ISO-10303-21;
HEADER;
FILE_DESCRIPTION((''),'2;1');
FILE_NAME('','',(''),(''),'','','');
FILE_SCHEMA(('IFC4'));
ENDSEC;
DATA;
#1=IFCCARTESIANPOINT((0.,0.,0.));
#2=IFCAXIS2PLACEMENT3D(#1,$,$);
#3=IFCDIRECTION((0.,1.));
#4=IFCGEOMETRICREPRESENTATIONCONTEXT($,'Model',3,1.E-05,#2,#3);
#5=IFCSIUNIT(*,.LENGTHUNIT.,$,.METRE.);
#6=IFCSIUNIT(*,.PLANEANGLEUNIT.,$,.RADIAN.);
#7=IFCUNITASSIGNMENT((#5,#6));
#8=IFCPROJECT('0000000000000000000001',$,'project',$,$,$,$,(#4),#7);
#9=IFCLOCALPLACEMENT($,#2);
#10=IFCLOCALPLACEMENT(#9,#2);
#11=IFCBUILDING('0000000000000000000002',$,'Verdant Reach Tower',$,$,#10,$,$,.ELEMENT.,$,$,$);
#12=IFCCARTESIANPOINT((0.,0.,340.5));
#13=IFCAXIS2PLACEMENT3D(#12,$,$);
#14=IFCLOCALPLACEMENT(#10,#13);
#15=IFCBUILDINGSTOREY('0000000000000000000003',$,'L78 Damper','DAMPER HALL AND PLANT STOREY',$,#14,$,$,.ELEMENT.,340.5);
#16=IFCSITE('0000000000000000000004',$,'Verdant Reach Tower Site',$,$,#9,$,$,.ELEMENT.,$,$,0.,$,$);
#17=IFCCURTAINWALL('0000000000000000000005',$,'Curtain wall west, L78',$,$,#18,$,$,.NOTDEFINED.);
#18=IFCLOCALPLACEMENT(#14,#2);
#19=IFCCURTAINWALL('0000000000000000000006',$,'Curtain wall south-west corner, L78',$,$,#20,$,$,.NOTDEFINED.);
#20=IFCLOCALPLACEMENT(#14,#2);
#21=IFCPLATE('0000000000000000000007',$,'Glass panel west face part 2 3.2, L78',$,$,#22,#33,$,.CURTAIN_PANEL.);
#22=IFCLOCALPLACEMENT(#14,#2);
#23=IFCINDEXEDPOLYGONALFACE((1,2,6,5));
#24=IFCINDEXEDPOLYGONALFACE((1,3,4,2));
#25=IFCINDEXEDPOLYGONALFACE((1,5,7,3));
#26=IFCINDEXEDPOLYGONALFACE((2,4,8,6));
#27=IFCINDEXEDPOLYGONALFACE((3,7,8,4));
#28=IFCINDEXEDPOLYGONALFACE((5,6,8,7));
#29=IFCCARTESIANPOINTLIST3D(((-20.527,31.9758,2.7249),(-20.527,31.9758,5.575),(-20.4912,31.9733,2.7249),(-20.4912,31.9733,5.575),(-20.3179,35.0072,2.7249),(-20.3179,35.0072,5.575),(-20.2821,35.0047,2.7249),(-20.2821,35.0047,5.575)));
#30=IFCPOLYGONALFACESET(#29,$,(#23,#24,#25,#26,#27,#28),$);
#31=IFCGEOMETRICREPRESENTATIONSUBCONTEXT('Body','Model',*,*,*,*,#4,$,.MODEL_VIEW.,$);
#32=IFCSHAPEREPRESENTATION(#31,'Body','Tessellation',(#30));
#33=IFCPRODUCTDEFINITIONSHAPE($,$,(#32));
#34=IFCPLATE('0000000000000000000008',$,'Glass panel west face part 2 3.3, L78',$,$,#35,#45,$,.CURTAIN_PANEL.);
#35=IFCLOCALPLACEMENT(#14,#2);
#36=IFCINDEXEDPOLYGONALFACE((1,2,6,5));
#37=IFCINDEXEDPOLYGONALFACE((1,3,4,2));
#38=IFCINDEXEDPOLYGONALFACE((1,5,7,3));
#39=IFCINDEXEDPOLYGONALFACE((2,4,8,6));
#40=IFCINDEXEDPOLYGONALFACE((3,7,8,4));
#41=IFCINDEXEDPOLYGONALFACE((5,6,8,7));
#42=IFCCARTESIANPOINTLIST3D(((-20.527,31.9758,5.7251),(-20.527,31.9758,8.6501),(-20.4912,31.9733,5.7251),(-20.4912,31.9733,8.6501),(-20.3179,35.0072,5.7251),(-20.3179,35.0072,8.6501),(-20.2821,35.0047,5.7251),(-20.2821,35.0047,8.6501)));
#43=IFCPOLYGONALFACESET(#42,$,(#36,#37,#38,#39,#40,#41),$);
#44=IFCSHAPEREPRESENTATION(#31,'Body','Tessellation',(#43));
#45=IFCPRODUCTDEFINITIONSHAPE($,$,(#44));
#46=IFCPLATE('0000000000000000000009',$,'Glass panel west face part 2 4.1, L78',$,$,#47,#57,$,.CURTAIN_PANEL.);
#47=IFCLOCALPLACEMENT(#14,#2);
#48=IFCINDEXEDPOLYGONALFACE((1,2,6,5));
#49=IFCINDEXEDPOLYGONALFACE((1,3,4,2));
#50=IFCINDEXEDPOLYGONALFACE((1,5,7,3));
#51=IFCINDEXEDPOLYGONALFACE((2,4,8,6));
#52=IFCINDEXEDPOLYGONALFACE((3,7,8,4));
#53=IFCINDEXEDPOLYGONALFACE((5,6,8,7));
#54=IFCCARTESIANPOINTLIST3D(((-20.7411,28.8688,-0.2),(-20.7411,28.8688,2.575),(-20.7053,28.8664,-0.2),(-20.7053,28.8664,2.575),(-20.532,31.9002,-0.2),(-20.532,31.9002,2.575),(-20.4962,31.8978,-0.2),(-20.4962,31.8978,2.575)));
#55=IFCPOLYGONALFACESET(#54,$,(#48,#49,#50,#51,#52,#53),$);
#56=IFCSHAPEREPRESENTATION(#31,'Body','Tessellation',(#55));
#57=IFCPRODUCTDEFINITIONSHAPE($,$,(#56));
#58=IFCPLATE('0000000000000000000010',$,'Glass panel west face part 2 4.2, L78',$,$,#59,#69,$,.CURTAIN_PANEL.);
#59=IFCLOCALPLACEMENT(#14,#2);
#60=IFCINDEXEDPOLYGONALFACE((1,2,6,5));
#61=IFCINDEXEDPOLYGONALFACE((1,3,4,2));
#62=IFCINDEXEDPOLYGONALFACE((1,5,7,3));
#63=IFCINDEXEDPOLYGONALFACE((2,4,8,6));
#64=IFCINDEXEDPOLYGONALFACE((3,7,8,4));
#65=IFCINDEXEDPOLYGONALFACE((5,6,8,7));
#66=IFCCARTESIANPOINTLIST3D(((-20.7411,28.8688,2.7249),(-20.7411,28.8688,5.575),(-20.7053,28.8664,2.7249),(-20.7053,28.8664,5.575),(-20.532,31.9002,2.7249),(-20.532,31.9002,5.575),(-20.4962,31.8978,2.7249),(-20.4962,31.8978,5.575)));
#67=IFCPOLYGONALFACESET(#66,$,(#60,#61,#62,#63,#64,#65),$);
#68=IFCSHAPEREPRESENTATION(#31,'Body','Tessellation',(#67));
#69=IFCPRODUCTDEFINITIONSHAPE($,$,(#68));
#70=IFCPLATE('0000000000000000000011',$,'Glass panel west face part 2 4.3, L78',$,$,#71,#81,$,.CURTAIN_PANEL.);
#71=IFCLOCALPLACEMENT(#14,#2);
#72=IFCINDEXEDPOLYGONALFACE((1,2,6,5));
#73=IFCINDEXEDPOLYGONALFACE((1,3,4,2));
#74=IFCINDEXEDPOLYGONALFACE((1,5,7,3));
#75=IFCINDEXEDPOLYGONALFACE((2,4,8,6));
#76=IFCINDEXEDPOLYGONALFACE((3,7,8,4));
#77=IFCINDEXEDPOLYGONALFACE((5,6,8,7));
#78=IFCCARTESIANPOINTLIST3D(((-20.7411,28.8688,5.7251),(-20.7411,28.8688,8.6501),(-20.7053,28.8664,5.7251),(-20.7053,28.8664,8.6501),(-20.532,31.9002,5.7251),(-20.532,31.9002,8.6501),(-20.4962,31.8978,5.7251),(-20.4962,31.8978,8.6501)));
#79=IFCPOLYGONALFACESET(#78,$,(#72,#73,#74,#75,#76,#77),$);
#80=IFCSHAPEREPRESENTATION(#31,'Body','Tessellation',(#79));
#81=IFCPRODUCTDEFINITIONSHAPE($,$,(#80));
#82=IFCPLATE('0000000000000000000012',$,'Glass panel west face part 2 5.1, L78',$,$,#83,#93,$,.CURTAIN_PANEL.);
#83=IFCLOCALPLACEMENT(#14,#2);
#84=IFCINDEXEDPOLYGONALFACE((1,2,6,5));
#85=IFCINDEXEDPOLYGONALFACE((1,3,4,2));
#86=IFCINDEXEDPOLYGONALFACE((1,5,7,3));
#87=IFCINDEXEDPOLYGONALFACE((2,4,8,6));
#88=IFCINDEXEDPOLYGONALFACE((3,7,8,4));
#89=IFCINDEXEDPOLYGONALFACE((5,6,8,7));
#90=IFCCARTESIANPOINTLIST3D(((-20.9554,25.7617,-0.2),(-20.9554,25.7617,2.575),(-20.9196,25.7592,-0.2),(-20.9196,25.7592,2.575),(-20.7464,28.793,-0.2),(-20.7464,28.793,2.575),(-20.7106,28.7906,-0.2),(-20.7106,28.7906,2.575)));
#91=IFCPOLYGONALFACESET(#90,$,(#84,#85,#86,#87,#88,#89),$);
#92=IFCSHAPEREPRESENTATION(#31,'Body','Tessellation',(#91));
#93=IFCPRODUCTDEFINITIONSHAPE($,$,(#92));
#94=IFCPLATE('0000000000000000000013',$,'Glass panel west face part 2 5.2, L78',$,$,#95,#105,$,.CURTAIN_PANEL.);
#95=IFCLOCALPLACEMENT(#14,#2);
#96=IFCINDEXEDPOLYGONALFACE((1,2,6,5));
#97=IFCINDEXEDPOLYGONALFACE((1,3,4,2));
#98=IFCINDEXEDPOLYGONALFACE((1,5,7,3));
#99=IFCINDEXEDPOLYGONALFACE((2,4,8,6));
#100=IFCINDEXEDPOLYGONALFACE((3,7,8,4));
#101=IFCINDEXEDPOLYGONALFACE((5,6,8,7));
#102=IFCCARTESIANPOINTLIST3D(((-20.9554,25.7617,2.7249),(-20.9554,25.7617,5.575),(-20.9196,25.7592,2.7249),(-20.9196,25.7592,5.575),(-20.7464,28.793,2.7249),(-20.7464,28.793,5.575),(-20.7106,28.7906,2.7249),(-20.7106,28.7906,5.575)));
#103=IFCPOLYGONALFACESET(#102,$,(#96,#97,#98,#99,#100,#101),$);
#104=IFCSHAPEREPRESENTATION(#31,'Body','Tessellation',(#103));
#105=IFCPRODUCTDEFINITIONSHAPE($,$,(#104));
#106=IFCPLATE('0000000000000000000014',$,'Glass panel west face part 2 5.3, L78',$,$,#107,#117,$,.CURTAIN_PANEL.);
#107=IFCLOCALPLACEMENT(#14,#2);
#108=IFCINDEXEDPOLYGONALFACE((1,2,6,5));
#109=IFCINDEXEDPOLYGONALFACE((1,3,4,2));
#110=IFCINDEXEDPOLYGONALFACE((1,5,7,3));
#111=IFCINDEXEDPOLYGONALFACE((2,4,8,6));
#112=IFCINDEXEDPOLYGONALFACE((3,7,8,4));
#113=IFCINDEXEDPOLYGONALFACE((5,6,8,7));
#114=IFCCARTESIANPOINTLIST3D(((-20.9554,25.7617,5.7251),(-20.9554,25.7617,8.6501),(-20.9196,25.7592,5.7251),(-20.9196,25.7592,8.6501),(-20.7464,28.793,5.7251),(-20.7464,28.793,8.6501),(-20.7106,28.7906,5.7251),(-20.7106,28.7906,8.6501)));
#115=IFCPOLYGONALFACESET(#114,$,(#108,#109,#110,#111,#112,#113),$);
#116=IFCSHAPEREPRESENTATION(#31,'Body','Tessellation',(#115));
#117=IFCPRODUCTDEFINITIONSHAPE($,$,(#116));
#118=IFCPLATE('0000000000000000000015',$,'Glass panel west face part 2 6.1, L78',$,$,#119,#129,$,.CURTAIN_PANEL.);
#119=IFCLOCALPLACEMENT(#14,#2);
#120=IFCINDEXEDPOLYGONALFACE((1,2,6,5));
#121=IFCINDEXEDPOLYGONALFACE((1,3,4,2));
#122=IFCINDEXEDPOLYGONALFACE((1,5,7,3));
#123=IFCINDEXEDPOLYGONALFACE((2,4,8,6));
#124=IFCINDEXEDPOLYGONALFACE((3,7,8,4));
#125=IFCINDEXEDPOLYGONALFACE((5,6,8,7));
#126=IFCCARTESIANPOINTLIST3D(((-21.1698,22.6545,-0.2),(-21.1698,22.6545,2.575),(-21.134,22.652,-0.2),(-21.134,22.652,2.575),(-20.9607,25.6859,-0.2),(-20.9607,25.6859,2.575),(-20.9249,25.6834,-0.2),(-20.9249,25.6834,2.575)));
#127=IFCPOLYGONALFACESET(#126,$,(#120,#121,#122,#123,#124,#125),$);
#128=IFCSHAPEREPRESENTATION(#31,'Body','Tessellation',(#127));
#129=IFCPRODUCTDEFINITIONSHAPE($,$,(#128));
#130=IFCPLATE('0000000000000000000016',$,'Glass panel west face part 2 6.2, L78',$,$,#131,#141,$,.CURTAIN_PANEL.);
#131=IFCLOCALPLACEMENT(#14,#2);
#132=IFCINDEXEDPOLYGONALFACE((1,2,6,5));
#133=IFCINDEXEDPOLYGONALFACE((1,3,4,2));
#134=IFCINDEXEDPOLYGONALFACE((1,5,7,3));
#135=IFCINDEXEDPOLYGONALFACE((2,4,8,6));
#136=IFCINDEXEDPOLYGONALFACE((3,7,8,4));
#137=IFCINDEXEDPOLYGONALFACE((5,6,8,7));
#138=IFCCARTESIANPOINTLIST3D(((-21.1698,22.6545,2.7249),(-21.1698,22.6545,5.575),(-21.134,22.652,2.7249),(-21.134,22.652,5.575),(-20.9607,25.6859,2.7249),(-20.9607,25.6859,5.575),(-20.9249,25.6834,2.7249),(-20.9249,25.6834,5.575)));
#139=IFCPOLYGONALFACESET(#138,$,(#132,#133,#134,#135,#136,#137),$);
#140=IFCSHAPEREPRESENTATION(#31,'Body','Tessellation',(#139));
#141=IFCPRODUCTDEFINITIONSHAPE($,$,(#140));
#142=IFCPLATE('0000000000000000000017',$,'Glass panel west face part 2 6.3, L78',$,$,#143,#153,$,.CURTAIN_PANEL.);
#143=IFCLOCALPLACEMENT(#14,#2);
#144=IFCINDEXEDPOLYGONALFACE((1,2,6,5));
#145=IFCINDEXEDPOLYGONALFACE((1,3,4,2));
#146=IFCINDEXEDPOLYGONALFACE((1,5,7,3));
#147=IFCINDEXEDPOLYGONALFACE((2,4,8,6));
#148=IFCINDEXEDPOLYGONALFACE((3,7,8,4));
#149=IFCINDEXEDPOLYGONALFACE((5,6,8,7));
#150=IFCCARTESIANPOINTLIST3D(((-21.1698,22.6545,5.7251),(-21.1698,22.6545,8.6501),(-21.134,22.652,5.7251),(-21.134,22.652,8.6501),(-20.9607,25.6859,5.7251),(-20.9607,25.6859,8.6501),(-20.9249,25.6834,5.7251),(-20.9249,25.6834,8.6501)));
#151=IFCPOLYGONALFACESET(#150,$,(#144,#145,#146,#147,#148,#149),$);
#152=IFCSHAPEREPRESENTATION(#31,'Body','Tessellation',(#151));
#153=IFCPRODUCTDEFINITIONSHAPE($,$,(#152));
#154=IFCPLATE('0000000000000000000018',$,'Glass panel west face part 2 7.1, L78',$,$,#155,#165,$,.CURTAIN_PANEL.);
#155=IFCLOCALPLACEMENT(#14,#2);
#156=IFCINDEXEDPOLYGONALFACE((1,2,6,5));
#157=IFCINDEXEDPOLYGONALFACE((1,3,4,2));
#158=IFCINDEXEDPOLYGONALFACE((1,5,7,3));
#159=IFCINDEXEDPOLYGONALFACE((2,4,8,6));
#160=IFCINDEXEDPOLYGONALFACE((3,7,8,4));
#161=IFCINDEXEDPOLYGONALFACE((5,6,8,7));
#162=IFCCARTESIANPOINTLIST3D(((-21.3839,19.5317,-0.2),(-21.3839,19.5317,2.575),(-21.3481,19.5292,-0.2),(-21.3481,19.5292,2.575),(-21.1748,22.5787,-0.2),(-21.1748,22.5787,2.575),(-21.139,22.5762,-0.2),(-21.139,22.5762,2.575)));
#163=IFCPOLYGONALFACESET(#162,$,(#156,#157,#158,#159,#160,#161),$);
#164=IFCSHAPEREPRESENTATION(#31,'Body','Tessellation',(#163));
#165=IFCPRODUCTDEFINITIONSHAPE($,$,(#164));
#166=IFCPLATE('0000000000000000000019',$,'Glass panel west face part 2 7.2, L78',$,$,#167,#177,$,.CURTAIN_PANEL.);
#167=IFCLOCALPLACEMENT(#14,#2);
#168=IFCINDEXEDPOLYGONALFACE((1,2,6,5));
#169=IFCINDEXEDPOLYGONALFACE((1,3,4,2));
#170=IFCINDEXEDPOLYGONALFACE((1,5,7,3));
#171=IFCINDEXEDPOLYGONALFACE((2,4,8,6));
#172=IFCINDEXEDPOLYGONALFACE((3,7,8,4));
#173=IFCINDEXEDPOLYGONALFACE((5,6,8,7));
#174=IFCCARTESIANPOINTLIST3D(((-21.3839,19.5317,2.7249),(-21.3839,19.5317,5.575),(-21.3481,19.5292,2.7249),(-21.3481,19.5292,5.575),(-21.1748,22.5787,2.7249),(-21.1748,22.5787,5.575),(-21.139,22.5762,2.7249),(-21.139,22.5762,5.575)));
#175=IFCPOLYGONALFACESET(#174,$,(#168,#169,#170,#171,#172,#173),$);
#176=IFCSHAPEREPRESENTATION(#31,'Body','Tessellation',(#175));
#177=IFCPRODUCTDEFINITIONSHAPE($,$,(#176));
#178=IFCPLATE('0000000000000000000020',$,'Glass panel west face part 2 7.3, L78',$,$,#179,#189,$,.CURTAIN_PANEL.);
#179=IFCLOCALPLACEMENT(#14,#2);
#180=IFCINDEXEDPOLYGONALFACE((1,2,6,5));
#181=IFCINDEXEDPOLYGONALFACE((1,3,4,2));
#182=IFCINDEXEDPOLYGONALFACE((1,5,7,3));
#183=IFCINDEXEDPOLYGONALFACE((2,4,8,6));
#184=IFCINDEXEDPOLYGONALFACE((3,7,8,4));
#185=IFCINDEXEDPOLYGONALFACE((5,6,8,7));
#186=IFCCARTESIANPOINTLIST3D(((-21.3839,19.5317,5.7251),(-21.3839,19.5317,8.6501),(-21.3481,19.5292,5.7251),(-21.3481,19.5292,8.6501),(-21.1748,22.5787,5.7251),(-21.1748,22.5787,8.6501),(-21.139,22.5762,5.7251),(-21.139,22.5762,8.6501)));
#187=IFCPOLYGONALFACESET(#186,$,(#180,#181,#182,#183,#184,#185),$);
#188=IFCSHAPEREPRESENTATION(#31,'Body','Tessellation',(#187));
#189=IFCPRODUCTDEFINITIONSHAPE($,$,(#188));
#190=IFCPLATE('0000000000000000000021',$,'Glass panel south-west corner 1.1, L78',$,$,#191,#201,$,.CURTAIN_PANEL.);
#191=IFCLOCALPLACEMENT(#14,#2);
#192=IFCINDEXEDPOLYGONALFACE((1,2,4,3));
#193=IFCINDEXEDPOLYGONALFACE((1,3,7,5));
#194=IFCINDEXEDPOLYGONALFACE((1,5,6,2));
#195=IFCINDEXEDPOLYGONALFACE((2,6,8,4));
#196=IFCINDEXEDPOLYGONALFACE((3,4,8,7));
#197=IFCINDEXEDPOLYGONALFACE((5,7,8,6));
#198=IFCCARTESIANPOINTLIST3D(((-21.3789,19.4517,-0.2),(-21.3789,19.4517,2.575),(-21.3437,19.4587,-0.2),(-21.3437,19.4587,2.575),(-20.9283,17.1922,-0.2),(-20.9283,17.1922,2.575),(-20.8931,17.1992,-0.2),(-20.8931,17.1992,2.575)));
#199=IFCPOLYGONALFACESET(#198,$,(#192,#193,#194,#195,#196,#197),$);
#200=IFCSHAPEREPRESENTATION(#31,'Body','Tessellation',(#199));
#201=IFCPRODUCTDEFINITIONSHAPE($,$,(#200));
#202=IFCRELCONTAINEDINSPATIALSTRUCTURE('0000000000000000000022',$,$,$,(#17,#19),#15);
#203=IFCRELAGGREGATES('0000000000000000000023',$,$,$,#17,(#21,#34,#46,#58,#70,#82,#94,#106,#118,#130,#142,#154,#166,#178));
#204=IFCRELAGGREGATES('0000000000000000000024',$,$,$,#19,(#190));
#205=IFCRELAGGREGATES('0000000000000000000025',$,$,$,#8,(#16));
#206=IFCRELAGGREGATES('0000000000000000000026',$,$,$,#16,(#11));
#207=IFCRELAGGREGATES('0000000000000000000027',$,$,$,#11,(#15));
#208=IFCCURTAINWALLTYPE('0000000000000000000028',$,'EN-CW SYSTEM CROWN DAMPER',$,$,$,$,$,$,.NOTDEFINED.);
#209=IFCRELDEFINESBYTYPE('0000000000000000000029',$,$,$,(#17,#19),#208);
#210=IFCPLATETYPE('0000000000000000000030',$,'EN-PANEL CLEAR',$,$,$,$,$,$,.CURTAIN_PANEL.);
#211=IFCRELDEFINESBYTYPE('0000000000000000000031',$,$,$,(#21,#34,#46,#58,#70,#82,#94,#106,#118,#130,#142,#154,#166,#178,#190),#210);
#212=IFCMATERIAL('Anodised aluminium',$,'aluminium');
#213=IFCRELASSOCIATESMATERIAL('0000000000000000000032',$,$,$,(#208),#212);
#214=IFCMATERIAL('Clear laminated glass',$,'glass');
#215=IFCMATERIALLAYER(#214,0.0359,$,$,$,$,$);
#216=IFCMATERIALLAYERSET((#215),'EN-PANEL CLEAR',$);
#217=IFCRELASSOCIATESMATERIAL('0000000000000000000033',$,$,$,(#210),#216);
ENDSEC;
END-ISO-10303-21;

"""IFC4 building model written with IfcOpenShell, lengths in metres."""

from ifc_helpers import new_model, si_unit, direction, frame, origin, origin_2d, place, context, subcontext, project, spatial, rectangle, extrude, material, layer, layer_set, type_object, element, aggregate, save


model = new_model("IFC4")

# Units and contexts
model_context = context("Model", 3, precision=1e-05, world=origin(), true_north=direction((0.0, 1.0)))
body_context = subcontext(model_context, "Body", "Model", "MODEL_VIEW")
ifc_project = project(units=[si_unit("LENGTHUNIT", "METRE"), si_unit("PLANEANGLEUNIT", "RADIAN")], contexts=[model_context])

# Site, building, storey
site_placement = place(None, origin())
site = spatial("IfcSite", under=ifc_project, at=site_placement, Name="Verdant Reach Tower Site", CompositionType="ELEMENT", RefElevation=0.0)
building_placement = place(site_placement, origin())
building = spatial("IfcBuilding", under=site, at=building_placement, Name="Verdant Reach Tower", CompositionType="ELEMENT")
storey_placement = place(building_placement, frame((0.0, 0.0, 340.5)))
storey = spatial("IfcBuildingStorey", under=building, at=storey_placement, Name="L78 Damper", Description="DAMPER HALL AND PLANT STOREY", CompositionType="ELEMENT", Elevation=340.5)

# Curtain walls
ifc_material_1 = material(Name="Anodised aluminium", Category="aluminium")
curtain_wall_type = type_object("IfcCurtainWallType", Name="EN-CW SYSTEM CROWN DAMPER", PredefinedType="NOTDEFINED", material=ifc_material_1)
curtain_wall_1_placement = place(storey_placement, origin())
curtain_wall_1 = element("IfcCurtainWall", 1, at=curtain_wall_1_placement, inside=storey, type_object=curtain_wall_type, Name="Curtain wall west, L78", PredefinedType="NOTDEFINED")
curtain_wall_2_placement = place(storey_placement, origin())
curtain_wall_2 = element("IfcCurtainWall", 2, at=curtain_wall_2_placement, inside=storey, type_object=curtain_wall_type, Name="Curtain wall south-west corner, L78", PredefinedType="NOTDEFINED")

# Plates
ifc_material_2 = material(Name="Clear laminated glass", Category="glass")
ifc_layer_1 = layer(ifc_material_2, 0.0359)
ifc_layer_set_1 = layer_set([ifc_layer_1], Name="EN-PANEL CLEAR")
plate_type = type_object("IfcPlateType", Name="EN-PANEL CLEAR", PredefinedType="CURTAIN_PANEL", material=ifc_layer_set_1)
plate_1_placement = place(storey_placement, frame((-20.4045, 33.4902, 2.7249), z_axis=(0.0, 0.0, 1.0), x_axis=(-0.068802, -0.99763, 0.0)))
plate_1 = element("IfcPlate", 3, at=plate_1_placement, type_object=plate_type, Name="Glass panel west face part 2 3.2, L78", PredefinedType="CURTAIN_PANEL", context=body_context, shape_type="SweptSolid", body=[
    extrude(rectangle(XDim=3.0386, YDim=0.0359, at=origin_2d()), origin(), (0.0, 0.0, 1.0), 2.8501),
])
plate_2_placement = place(storey_placement, frame((-20.4045, 33.4902, 5.7251), z_axis=(0.0, 0.0, 1.0), x_axis=(-0.068802, -0.99763, 0.0)))
plate_2 = element("IfcPlate", 4, at=plate_2_placement, type_object=plate_type, Name="Glass panel west face part 2 3.3, L78", PredefinedType="CURTAIN_PANEL", context=body_context, shape_type="SweptSolid", body=[
    extrude(rectangle(XDim=3.0386, YDim=0.0359, at=origin_2d()), origin(), (0.0, 0.0, 1.0), 2.925),
])
plate_3_placement = place(storey_placement, frame((-20.6187, 30.3833, -0.2), z_axis=(0.0, 0.0, 1.0), x_axis=(-0.068802, -0.99763, 0.0)))
plate_3 = element("IfcPlate", 5, at=plate_3_placement, type_object=plate_type, Name="Glass panel west face part 2 4.1, L78", PredefinedType="CURTAIN_PANEL", context=body_context, shape_type="SweptSolid", body=[
    extrude(rectangle(XDim=3.0386, YDim=0.0359, at=origin_2d()), origin(), (0.0, 0.0, 1.0), 2.7749),
])
plate_4_placement = place(storey_placement, frame((-20.6187, 30.3833, 2.7249), z_axis=(0.0, 0.0, 1.0), x_axis=(-0.068802, -0.99763, 0.0)))
plate_4 = element("IfcPlate", 6, at=plate_4_placement, type_object=plate_type, Name="Glass panel west face part 2 4.2, L78", PredefinedType="CURTAIN_PANEL", context=body_context, shape_type="SweptSolid", body=[
    extrude(rectangle(XDim=3.0386, YDim=0.0359, at=origin_2d()), origin(), (0.0, 0.0, 1.0), 2.8501),
])
plate_5_placement = place(storey_placement, frame((-20.6187, 30.3833, 5.7251), z_axis=(0.0, 0.0, 1.0), x_axis=(-0.068802, -0.99763, 0.0)))
plate_5 = element("IfcPlate", 7, at=plate_5_placement, type_object=plate_type, Name="Glass panel west face part 2 4.3, L78", PredefinedType="CURTAIN_PANEL", context=body_context, shape_type="SweptSolid", body=[
    extrude(rectangle(XDim=3.0386, YDim=0.0359, at=origin_2d()), origin(), (0.0, 0.0, 1.0), 2.925),
])
plate_6_placement = place(storey_placement, frame((-20.833, 27.2761, -0.2), z_axis=(0.0, 0.0, 1.0), x_axis=(-0.068802, -0.99763, 0.0)))
plate_6 = element("IfcPlate", 8, at=plate_6_placement, type_object=plate_type, Name="Glass panel west face part 2 5.1, L78", PredefinedType="CURTAIN_PANEL", context=body_context, shape_type="SweptSolid", body=[
    extrude(rectangle(XDim=3.0386, YDim=0.0359, at=origin_2d()), origin(), (0.0, 0.0, 1.0), 2.7749),
])
plate_7_placement = place(storey_placement, frame((-20.833, 27.2761, 2.7249), z_axis=(0.0, 0.0, 1.0), x_axis=(-0.068802, -0.99763, 0.0)))
plate_7 = element("IfcPlate", 9, at=plate_7_placement, type_object=plate_type, Name="Glass panel west face part 2 5.2, L78", PredefinedType="CURTAIN_PANEL", context=body_context, shape_type="SweptSolid", body=[
    extrude(rectangle(XDim=3.0386, YDim=0.0359, at=origin_2d()), origin(), (0.0, 0.0, 1.0), 2.8501),
])
plate_8_placement = place(storey_placement, frame((-20.833, 27.2761, 5.7251), z_axis=(0.0, 0.0, 1.0), x_axis=(-0.068802, -0.99763, 0.0)))
plate_8 = element("IfcPlate", 10, at=plate_8_placement, type_object=plate_type, Name="Glass panel west face part 2 5.3, L78", PredefinedType="CURTAIN_PANEL", context=body_context, shape_type="SweptSolid", body=[
    extrude(rectangle(XDim=3.0386, YDim=0.0359, at=origin_2d()), origin(), (0.0, 0.0, 1.0), 2.925),
])
plate_9_placement = place(storey_placement, frame((-21.0474, 24.1689, -0.2), z_axis=(0.0, 0.0, 1.0), x_axis=(-0.068802, -0.99763, 0.0)))
plate_9 = element("IfcPlate", 11, at=plate_9_placement, type_object=plate_type, Name="Glass panel west face part 2 6.1, L78", PredefinedType="CURTAIN_PANEL", context=body_context, shape_type="SweptSolid", body=[
    extrude(rectangle(XDim=3.0386, YDim=0.0359, at=origin_2d()), origin(), (0.0, 0.0, 1.0), 2.7749),
])
plate_10_placement = place(storey_placement, frame((-21.0474, 24.1689, 2.7249), z_axis=(0.0, 0.0, 1.0), x_axis=(-0.068802, -0.99763, 0.0)))
plate_10 = element("IfcPlate", 12, at=plate_10_placement, type_object=plate_type, Name="Glass panel west face part 2 6.2, L78", PredefinedType="CURTAIN_PANEL", context=body_context, shape_type="SweptSolid", body=[
    extrude(rectangle(XDim=3.0386, YDim=0.0359, at=origin_2d()), origin(), (0.0, 0.0, 1.0), 2.8501),
])
plate_11_placement = place(storey_placement, frame((-21.0474, 24.1689, 5.7251), z_axis=(0.0, 0.0, 1.0), x_axis=(-0.068802, -0.99763, 0.0)))
plate_11 = element("IfcPlate", 13, at=plate_11_placement, type_object=plate_type, Name="Glass panel west face part 2 6.3, L78", PredefinedType="CURTAIN_PANEL", context=body_context, shape_type="SweptSolid", body=[
    extrude(rectangle(XDim=3.0386, YDim=0.0359, at=origin_2d()), origin(), (0.0, 0.0, 1.0), 2.925),
])
plate_12_placement = place(storey_placement, frame((-21.2615, 21.054, -0.2), z_axis=(0.0, 0.0, 1.0), x_axis=(-0.068469, -0.997653, 0.0)))
plate_12 = element("IfcPlate", 14, at=plate_12_placement, type_object=plate_type, Name="Glass panel west face part 2 7.1, L78", PredefinedType="CURTAIN_PANEL", context=body_context, shape_type="SweptSolid", body=[
    extrude(rectangle(XDim=3.0542, YDim=0.0359, at=origin_2d()), origin(), (0.0, 0.0, 1.0), 2.7749),
])
plate_13_placement = place(storey_placement, frame((-21.2615, 21.054, 2.7249), z_axis=(0.0, 0.0, 1.0), x_axis=(-0.068469, -0.997653, 0.0)))
plate_13 = element("IfcPlate", 15, at=plate_13_placement, type_object=plate_type, Name="Glass panel west face part 2 7.2, L78", PredefinedType="CURTAIN_PANEL", context=body_context, shape_type="SweptSolid", body=[
    extrude(rectangle(XDim=3.0542, YDim=0.0359, at=origin_2d()), origin(), (0.0, 0.0, 1.0), 2.8501),
])
plate_14_placement = place(storey_placement, frame((-21.2615, 21.054, 5.7251), z_axis=(0.0, 0.0, 1.0), x_axis=(-0.068469, -0.997653, 0.0)))
plate_14 = element("IfcPlate", 16, at=plate_14_placement, type_object=plate_type, Name="Glass panel west face part 2 7.3, L78", PredefinedType="CURTAIN_PANEL", context=body_context, shape_type="SweptSolid", body=[
    extrude(rectangle(XDim=3.0542, YDim=0.0359, at=origin_2d()), origin(), (0.0, 0.0, 1.0), 2.925),
])
aggregate(curtain_wall_1, [plate_1, plate_2, plate_3, plate_4, plate_5, plate_6, plate_7, plate_8, plate_9, plate_10, plate_11, plate_12, plate_13, plate_14])
plate_15_placement = place(storey_placement, frame((-21.136, 18.3254, -0.2), z_axis=(0.0, 0.0, 1.0), x_axis=(0.195593, -0.980685, 0.0)))
plate_15 = element("IfcPlate", 17, at=plate_15_placement, type_object=plate_type, Name="Glass panel south-west corner 1.1, L78", PredefinedType="CURTAIN_PANEL", context=body_context, shape_type="SweptSolid", body=[
    extrude(rectangle(XDim=2.304, YDim=0.0359, at=origin_2d()), origin(), (0.0, 0.0, 1.0), 2.7749),
])
aggregate(curtain_wall_2, [plate_15])

save(model, "model.ifc")
